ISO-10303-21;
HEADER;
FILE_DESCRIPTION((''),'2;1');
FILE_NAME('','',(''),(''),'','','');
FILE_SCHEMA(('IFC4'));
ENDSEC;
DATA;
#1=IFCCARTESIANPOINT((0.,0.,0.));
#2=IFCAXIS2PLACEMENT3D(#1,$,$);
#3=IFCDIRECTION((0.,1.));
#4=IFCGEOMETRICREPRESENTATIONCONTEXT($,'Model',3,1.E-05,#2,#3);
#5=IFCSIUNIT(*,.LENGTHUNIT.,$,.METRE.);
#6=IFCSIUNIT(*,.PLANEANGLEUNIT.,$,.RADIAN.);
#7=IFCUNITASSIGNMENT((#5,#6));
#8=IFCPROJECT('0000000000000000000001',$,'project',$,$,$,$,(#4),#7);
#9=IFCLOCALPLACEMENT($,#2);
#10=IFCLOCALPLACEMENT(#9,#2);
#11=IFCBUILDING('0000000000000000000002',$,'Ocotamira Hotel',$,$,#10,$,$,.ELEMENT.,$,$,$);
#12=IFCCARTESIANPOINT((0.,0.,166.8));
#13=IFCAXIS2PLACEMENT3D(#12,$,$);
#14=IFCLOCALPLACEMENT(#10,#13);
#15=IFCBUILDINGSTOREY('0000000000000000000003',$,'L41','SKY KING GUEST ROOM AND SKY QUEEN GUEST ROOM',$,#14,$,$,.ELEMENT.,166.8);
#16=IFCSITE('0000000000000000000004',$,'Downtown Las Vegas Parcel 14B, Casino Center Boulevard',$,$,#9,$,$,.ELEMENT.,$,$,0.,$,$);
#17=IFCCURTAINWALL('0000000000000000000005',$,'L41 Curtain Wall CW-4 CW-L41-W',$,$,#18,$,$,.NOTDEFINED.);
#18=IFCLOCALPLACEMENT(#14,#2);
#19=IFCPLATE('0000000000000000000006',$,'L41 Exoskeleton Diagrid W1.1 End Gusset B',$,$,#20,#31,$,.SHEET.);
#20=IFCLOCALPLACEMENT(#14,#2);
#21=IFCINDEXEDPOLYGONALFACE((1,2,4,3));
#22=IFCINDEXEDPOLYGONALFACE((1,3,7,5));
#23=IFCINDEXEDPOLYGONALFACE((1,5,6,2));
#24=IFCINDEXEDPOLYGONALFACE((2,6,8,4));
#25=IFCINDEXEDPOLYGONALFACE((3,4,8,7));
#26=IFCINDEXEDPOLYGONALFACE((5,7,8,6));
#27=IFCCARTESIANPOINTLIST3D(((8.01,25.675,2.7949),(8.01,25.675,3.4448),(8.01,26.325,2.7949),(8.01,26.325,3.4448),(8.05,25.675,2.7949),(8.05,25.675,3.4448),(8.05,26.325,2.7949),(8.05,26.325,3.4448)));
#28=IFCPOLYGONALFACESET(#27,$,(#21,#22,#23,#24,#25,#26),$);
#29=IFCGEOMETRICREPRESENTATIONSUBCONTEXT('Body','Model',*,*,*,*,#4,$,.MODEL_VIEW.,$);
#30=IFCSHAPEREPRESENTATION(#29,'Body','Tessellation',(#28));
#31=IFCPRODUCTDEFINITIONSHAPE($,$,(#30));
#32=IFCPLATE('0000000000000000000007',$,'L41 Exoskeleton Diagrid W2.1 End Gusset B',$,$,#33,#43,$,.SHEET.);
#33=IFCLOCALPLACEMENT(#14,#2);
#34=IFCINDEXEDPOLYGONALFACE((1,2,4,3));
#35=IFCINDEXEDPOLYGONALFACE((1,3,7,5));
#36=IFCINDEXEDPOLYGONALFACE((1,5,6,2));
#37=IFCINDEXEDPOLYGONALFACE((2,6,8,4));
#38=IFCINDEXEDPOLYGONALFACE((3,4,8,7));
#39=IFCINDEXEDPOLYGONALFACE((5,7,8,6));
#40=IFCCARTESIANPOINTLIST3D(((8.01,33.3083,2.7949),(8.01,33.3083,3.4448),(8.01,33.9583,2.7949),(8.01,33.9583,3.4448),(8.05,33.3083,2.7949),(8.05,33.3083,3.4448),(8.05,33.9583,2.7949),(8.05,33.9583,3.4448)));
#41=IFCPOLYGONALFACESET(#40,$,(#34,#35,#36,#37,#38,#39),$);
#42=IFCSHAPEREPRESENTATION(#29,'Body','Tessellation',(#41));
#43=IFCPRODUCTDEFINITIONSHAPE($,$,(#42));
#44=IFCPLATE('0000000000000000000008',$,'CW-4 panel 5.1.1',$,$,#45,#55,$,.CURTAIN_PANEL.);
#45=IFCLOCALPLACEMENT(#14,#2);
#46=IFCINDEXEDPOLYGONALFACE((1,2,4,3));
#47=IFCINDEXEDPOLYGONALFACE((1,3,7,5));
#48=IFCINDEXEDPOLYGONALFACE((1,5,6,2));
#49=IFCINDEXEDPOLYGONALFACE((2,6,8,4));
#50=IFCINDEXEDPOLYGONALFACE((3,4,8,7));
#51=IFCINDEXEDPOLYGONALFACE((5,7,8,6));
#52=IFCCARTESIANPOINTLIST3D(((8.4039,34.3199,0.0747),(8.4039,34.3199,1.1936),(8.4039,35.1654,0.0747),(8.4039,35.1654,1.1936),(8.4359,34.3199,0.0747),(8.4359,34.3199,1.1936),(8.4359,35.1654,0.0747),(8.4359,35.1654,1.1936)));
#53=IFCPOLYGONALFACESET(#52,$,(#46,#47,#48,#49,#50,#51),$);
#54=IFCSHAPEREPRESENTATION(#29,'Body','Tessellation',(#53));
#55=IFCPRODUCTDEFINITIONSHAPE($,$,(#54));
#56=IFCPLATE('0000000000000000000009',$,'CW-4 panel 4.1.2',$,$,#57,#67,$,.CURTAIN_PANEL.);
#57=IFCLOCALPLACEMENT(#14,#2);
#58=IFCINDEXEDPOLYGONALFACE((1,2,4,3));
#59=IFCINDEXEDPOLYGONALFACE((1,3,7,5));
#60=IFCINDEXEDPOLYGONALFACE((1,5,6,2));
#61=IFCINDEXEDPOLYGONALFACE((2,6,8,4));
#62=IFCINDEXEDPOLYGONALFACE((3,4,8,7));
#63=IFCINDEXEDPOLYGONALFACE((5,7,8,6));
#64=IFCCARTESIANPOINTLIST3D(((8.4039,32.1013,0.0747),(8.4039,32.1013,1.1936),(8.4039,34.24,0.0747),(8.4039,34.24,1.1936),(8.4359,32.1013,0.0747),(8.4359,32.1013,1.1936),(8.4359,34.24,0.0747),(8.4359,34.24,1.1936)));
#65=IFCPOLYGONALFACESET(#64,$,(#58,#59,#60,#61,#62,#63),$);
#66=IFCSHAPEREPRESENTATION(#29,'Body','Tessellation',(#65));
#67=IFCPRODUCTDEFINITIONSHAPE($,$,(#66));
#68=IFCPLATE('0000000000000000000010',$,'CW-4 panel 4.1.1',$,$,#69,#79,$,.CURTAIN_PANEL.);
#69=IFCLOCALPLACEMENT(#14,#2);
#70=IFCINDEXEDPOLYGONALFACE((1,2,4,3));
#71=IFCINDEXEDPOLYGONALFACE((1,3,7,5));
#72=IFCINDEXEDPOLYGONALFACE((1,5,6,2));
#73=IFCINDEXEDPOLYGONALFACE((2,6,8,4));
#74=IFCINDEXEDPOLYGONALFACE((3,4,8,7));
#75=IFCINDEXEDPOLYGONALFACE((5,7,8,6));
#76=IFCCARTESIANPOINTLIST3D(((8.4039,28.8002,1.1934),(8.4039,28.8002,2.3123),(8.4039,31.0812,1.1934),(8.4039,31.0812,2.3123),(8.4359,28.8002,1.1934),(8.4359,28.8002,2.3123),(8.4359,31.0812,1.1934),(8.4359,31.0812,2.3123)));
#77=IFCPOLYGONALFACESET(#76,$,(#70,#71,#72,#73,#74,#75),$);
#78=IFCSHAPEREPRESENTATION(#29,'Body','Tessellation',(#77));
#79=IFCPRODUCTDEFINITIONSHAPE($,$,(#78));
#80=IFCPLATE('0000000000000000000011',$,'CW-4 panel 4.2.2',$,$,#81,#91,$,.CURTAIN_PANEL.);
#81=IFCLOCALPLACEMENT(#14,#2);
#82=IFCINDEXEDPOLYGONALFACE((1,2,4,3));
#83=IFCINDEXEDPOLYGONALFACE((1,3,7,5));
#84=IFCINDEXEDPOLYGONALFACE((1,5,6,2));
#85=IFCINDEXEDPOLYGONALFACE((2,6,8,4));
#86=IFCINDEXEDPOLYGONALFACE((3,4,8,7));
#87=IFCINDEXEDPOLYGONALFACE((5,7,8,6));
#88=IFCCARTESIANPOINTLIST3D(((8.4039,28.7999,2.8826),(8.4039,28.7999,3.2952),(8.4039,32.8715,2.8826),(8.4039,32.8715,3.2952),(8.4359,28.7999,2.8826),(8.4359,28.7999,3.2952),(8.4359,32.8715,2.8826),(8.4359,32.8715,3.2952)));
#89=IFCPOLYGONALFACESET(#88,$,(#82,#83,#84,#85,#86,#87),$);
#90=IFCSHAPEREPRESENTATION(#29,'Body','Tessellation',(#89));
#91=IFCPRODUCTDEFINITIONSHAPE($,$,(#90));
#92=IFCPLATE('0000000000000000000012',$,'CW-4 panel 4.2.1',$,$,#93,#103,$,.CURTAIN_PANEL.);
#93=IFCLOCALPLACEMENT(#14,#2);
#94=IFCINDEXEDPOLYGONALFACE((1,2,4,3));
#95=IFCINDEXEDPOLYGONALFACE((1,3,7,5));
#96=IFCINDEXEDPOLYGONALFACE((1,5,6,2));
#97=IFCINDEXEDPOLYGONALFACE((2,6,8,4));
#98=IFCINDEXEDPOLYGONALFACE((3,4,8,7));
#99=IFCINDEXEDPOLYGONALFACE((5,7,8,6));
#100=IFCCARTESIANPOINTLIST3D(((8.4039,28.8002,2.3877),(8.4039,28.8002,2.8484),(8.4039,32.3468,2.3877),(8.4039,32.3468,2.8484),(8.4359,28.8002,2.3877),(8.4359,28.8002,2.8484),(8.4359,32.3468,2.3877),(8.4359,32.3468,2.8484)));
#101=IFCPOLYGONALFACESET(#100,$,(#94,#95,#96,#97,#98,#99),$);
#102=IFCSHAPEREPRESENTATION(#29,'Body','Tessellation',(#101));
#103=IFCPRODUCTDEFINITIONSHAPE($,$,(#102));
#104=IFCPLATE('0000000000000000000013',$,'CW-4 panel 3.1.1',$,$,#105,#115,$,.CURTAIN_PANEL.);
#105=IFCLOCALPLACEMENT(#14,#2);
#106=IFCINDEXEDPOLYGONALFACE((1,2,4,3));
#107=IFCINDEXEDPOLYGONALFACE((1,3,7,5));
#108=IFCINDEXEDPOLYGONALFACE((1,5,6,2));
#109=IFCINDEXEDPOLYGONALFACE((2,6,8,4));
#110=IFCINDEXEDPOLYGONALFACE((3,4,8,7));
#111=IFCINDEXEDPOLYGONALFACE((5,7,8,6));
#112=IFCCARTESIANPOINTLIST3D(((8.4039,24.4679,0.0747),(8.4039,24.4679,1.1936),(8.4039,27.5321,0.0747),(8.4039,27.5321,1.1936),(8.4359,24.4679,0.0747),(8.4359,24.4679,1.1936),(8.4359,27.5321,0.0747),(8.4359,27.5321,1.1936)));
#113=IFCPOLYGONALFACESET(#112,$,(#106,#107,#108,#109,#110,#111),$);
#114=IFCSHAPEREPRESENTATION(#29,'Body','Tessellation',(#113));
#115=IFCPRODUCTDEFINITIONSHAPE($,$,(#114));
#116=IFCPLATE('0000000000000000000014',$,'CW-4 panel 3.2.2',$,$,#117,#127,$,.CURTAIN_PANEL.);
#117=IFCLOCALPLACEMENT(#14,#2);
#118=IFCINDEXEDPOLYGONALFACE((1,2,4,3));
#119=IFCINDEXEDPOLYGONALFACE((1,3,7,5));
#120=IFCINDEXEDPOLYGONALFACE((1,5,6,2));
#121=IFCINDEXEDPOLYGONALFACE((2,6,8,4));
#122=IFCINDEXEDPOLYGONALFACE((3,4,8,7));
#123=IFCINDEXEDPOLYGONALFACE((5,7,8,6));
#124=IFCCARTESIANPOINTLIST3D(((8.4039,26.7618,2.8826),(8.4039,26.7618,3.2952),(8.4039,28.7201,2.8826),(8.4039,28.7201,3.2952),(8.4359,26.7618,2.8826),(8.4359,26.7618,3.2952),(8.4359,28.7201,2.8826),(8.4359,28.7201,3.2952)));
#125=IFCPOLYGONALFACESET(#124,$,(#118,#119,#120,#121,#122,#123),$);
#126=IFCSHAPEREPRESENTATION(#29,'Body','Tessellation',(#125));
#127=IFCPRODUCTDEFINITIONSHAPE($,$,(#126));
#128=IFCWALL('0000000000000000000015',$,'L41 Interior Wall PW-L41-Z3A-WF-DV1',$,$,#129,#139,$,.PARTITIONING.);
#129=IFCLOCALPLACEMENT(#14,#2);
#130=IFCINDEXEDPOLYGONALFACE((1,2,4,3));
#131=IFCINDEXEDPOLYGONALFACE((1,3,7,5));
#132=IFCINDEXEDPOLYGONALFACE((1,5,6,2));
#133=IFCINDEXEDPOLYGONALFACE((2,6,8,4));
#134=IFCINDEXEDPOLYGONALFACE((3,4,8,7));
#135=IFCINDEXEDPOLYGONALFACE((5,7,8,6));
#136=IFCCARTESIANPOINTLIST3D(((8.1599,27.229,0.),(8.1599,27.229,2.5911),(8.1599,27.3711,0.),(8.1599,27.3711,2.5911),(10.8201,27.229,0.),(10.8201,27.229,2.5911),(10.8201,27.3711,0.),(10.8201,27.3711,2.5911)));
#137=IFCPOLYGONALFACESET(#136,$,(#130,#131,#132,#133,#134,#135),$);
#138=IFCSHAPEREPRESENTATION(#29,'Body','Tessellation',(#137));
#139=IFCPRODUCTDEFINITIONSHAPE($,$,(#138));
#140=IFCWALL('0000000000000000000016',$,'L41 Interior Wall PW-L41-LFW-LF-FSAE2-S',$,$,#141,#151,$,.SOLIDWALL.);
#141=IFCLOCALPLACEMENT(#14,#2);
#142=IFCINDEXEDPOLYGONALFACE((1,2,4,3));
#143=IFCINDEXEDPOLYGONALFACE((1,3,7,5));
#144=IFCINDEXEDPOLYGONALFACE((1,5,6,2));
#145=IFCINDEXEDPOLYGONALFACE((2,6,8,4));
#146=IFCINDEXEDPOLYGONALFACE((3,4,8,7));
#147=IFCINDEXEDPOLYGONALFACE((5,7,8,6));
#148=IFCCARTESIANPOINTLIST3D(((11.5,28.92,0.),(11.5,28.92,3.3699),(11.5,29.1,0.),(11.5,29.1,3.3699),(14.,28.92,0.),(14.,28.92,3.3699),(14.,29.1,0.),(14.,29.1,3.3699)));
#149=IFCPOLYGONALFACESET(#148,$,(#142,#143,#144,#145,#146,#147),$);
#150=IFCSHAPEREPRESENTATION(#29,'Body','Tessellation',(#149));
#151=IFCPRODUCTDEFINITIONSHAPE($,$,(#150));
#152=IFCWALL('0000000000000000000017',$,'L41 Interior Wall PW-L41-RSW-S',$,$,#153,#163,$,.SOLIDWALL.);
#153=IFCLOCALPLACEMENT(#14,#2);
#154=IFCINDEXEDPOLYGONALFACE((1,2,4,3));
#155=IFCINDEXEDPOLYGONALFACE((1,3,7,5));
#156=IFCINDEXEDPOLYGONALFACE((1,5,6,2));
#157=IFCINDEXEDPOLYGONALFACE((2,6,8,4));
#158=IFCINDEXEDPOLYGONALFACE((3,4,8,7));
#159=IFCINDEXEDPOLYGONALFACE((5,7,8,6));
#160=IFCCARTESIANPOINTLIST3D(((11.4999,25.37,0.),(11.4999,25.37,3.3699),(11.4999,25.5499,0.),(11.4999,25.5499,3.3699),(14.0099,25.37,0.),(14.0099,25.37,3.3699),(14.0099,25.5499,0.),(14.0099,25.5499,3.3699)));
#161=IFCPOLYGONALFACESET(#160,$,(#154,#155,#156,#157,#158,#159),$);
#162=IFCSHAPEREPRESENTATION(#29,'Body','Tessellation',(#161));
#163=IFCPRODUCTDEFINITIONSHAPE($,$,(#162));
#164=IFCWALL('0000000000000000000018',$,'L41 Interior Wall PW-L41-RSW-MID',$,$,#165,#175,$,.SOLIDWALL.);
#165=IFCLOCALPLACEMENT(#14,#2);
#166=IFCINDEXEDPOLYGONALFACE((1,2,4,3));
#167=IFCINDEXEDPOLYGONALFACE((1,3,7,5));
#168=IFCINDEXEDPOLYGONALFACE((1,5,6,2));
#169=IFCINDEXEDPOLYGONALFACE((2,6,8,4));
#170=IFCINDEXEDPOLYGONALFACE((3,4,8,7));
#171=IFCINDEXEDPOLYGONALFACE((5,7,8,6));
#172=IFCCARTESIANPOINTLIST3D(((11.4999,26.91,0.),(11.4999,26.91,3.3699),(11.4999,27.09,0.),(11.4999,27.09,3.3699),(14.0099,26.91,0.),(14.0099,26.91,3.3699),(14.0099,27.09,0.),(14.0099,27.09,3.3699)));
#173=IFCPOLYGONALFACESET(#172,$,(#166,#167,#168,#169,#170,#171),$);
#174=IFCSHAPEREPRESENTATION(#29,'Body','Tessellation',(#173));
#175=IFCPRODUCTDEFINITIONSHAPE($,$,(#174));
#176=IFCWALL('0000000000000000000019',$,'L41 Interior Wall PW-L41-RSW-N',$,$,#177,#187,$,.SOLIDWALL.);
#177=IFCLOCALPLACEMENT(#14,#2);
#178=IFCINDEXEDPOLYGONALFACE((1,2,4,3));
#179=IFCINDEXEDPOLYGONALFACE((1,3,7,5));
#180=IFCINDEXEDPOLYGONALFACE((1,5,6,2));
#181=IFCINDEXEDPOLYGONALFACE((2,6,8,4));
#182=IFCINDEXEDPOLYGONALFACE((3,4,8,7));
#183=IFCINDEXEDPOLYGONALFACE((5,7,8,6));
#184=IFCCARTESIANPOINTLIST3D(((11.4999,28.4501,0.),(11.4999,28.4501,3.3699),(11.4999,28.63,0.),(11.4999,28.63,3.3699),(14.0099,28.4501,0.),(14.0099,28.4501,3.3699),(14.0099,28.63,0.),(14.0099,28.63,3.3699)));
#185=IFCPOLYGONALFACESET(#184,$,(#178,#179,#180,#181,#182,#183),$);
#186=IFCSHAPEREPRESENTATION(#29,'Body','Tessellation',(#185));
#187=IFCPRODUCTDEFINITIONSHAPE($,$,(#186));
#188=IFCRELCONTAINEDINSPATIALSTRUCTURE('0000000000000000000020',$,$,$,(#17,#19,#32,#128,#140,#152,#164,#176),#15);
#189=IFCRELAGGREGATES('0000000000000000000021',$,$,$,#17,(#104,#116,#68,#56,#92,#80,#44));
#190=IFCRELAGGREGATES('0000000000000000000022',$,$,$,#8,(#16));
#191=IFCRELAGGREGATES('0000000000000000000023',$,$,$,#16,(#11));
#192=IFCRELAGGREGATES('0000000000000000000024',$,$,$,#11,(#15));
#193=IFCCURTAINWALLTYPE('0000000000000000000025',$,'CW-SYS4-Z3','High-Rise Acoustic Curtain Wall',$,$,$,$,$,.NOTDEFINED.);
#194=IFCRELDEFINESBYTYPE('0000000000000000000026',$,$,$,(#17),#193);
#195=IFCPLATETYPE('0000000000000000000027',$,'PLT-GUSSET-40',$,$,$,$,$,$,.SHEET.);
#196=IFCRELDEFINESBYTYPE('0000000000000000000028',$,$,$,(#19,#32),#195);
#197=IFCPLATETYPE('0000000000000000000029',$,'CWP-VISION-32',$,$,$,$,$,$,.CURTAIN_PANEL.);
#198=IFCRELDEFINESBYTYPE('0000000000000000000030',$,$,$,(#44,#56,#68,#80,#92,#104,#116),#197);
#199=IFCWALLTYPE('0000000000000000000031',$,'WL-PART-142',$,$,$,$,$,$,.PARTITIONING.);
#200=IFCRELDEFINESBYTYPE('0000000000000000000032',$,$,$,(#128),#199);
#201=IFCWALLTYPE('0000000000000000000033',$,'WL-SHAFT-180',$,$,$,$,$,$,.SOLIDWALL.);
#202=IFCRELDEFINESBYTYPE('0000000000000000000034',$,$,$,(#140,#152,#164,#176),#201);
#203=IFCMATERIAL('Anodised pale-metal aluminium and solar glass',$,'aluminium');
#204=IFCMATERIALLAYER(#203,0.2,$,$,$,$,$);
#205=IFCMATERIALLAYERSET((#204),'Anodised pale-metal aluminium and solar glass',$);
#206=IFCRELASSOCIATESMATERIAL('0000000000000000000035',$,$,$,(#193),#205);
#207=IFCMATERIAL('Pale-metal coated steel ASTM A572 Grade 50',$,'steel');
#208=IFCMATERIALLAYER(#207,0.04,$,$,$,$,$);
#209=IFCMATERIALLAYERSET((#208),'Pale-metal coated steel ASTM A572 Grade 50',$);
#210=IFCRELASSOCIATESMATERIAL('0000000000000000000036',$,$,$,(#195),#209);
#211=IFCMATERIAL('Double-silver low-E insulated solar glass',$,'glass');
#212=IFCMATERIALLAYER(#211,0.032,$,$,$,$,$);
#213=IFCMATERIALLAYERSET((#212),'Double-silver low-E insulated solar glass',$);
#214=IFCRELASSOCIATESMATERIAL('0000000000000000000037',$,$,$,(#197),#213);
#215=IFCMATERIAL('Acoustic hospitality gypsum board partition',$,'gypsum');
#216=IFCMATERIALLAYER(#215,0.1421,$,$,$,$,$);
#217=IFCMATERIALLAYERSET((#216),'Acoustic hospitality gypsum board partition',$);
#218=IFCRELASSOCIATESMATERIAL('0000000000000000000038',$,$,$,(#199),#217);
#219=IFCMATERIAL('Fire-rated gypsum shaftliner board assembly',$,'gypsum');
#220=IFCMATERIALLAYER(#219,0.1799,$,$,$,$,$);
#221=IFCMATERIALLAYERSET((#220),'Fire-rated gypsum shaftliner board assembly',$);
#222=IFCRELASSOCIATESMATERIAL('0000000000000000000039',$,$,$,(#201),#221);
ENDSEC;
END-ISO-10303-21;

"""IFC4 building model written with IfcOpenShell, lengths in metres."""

from ifc_helpers import new_model, si_unit, direction, frame, frame_2d, origin, origin_2d, place, context, subcontext, project, spatial, rectangle, extrude, source, transform, mapped, material, layer, layer_set, type_object, element, aggregate, save


model = new_model("IFC4")

# Units and contexts
model_context = context("Model", 3, precision=1e-05, world=origin(), true_north=direction((0.0, 1.0)))
body_context = subcontext(model_context, "Body", "Model", "MODEL_VIEW")
ifc_project = project(units=[si_unit("LENGTHUNIT", "METRE"), si_unit("PLANEANGLEUNIT", "RADIAN")], contexts=[model_context])

# Site, building, storey
site_placement = place(None, origin())
site = spatial("IfcSite", under=ifc_project, at=site_placement, Name="Downtown Las Vegas Parcel 14B, Casino Center Boulevard", CompositionType="ELEMENT", RefElevation=0.0)
building_placement = place(site_placement, origin())
building = spatial("IfcBuilding", under=site, at=building_placement, Name="Ocotamira Hotel", CompositionType="ELEMENT")
storey_placement = place(building_placement, frame((0.0, 0.0, 166.8)))
storey = spatial("IfcBuildingStorey", under=building, at=storey_placement, Name="L41", Description="SKY KING GUEST ROOM AND SKY QUEEN GUEST ROOM", CompositionType="ELEMENT", Elevation=166.8)

# Curtain wall
ifc_material_1 = material(Name="Anodised pale-metal aluminium and solar glass", Category="aluminium")
ifc_layer_1 = layer(ifc_material_1, 0.2)
ifc_layer_set_1 = layer_set([ifc_layer_1], Name="Anodised pale-metal aluminium and solar glass")
curtain_wall_type = type_object("IfcCurtainWallType", Name="CW-SYS4-Z3", Description="High-Rise Acoustic Curtain Wall", PredefinedType="NOTDEFINED", material=ifc_layer_set_1)
curtain_wall_placement = place(storey_placement, origin())
curtain_wall = element("IfcCurtainWall", 1, at=curtain_wall_placement, inside=storey, type_object=curtain_wall_type, Name="L41 Curtain Wall CW-4 CW-L41-W", PredefinedType="NOTDEFINED")

# Plates
ifc_material_2 = material(Name="Pale-metal coated steel ASTM A572 Grade 50", Category="steel")
ifc_layer_2 = layer(ifc_material_2, 0.04)
ifc_layer_set_2 = layer_set([ifc_layer_2], Name="Pale-metal coated steel ASTM A572 Grade 50")
plate_type_1 = type_object("IfcPlateType", Name="PLT-GUSSET-40", PredefinedType="SHEET", material=ifc_layer_set_2)
shared_shape_1 = source(origin(), body_context, "Body", "SweptSolid", [
    extrude(rectangle(XDim=0.04, YDim=0.6499, at=origin_2d()), origin(), (0.0, 0.0, 1.0), 0.6499),
])
for number, where, z_axis, x_axis, name in (
    (2, (8.03, 26.0, 2.7949), (0.0, 0.0, 1.0), (1.0, 0.0, 0.0), "L41 Exoskeleton Diagrid W1.1 End Gusset B"),
    (3, (8.03, 33.6333, 2.7949), (0.0, 0.0, 1.0), (1.0, 0.0, 0.0), "L41 Exoskeleton Diagrid W2.1 End Gusset B"),
):
    element("IfcPlate", number, at=place(storey_placement, frame(where, z_axis=z_axis, x_axis=x_axis)), inside=storey, type_object=plate_type_1, Name=name, PredefinedType="SHEET", context=body_context, shape_type="MappedRepresentation", body=[
        mapped(shared_shape_1, transform((0.0, 0.0, 0.0), scale=1.0)),
    ])

# Plates
ifc_material_3 = material(Name="Double-silver low-E insulated solar glass", Category="glass")
ifc_layer_3 = layer(ifc_material_3, 0.032)
ifc_layer_set_3 = layer_set([ifc_layer_3], Name="Double-silver low-E insulated solar glass")
plate_type_2 = type_object("IfcPlateType", Name="CWP-VISION-32", PredefinedType="CURTAIN_PANEL", material=ifc_layer_set_3)
shared_shape_2 = source(origin(), body_context, "Body", "SweptSolid", [
    extrude(rectangle(XDim=0.8455, YDim=0.032, at=origin_2d()), origin(), (0.0, 0.0, 1.0), 1.1189),
])
plate_1_placement = place(storey_placement, frame((8.4199, 34.7427, 0.0747), z_axis=(0.0, 0.0, 1.0), x_axis=(0.0, 1.0, 0.0)))
plate_1 = element("IfcPlate", 4, at=plate_1_placement, type_object=plate_type_2, Name="CW-4 panel 5.1.1", PredefinedType="CURTAIN_PANEL", context=body_context, shape_type="MappedRepresentation", body=[
    mapped(shared_shape_2, transform((0.0, 0.0, 0.0), scale=1.0)),
])
shared_shape_3 = source(origin(), body_context, "Body", "SweptSolid", [
    extrude(rectangle(XDim=2.1387, YDim=0.032, at=origin_2d()), origin(), (0.0, 0.0, 1.0), 1.1189),
])
plate_2_placement = place(storey_placement, frame((8.4199, 33.1707, 0.0747), z_axis=(0.0, 0.0, 1.0), x_axis=(0.0, 1.0, 0.0)))
plate_2 = element("IfcPlate", 5, at=plate_2_placement, type_object=plate_type_2, Name="CW-4 panel 4.1.2", PredefinedType="CURTAIN_PANEL", context=body_context, shape_type="MappedRepresentation", body=[
    mapped(shared_shape_3, transform((0.0, 0.0, 0.0), scale=1.0)),
])
shared_shape_4 = source(origin(), body_context, "Body", "SweptSolid", [
    extrude(rectangle(XDim=2.281, YDim=0.032, at=origin_2d()), origin(), (0.0, 0.0, 1.0), 1.1189),
])
plate_3_placement = place(storey_placement, frame((8.4199, 29.9407, 1.1934), z_axis=(0.0, 0.0, 1.0), x_axis=(0.0, 1.0, 0.0)))
plate_3 = element("IfcPlate", 6, at=plate_3_placement, type_object=plate_type_2, Name="CW-4 panel 4.1.1", PredefinedType="CURTAIN_PANEL", context=body_context, shape_type="MappedRepresentation", body=[
    mapped(shared_shape_4, transform((0.0, 0.0, 0.0), scale=1.0)),
])
shared_shape_5 = source(origin(), body_context, "Body", "SweptSolid", [
    extrude(rectangle(XDim=4.0715, YDim=0.032, at=origin_2d()), origin(), (0.0, 0.0, 1.0), 0.4126),
])
plate_4_placement = place(storey_placement, frame((8.4199, 30.8357, 2.8826), z_axis=(0.0, 0.0, 1.0), x_axis=(0.0, 1.0, 0.0)))
plate_4 = element("IfcPlate", 7, at=plate_4_placement, type_object=plate_type_2, Name="CW-4 panel 4.2.2", PredefinedType="CURTAIN_PANEL", context=body_context, shape_type="MappedRepresentation", body=[
    mapped(shared_shape_5, transform((0.0, 0.0, 0.0), scale=1.0)),
])
shared_shape_6 = source(origin(), body_context, "Body", "SweptSolid", [
    extrude(rectangle(XDim=3.5466, YDim=0.032, at=origin_2d()), origin(), (0.0, 0.0, 1.0), 0.4607),
])
plate_5_placement = place(storey_placement, frame((8.4199, 30.5735, 2.3877), z_axis=(0.0, 0.0, 1.0), x_axis=(0.0, 1.0, 0.0)))
plate_5 = element("IfcPlate", 8, at=plate_5_placement, type_object=plate_type_2, Name="CW-4 panel 4.2.1", PredefinedType="CURTAIN_PANEL", context=body_context, shape_type="MappedRepresentation", body=[
    mapped(shared_shape_6, transform((0.0, 0.0, 0.0), scale=1.0)),
])
shared_shape_7 = source(origin(), body_context, "Body", "SweptSolid", [
    extrude(rectangle(XDim=3.0642, YDim=0.032, at=origin_2d()), origin(), (0.0, 0.0, 1.0), 1.1189),
])
plate_6_placement = place(storey_placement, frame((8.4199, 26.0, 0.0747), z_axis=(0.0, 0.0, 1.0), x_axis=(0.0, 1.0, 0.0)))
plate_6 = element("IfcPlate", 9, at=plate_6_placement, type_object=plate_type_2, Name="CW-4 panel 3.1.1", PredefinedType="CURTAIN_PANEL", context=body_context, shape_type="MappedRepresentation", body=[
    mapped(shared_shape_7, transform((0.0, 0.0, 0.0), scale=1.0)),
])
shared_shape_8 = source(origin(), body_context, "Body", "SweptSolid", [
    extrude(rectangle(XDim=1.9583, YDim=0.032, at=origin_2d()), origin(), (0.0, 0.0, 1.0), 0.4126),
])
plate_7_placement = place(storey_placement, frame((8.4199, 27.741, 2.8826), z_axis=(0.0, 0.0, 1.0), x_axis=(0.0, 1.0, 0.0)))
plate_7 = element("IfcPlate", 10, at=plate_7_placement, type_object=plate_type_2, Name="CW-4 panel 3.2.2", PredefinedType="CURTAIN_PANEL", context=body_context, shape_type="MappedRepresentation", body=[
    mapped(shared_shape_8, transform((0.0, 0.0, 0.0), scale=1.0)),
])
aggregate(curtain_wall, [plate_6, plate_7, plate_3, plate_2, plate_5, plate_4, plate_1])

# Wall
ifc_material_4 = material(Name="Acoustic hospitality gypsum board partition", Category="gypsum")
ifc_layer_4 = layer(ifc_material_4, 0.1421)
ifc_layer_set_4 = layer_set([ifc_layer_4], Name="Acoustic hospitality gypsum board partition")
wall_type_1 = type_object("IfcWallType", Name="WL-PART-142", PredefinedType="PARTITIONING", material=ifc_layer_set_4)
wall_1_placement = place(storey_placement, frame((8.1599, 27.3, 0.0), z_axis=(0.0, 0.0, 1.0), x_axis=(1.0, 0.0, 0.0)))
element("IfcWall", 11, at=wall_1_placement, inside=storey, type_object=wall_type_1, Name="L41 Interior Wall PW-L41-Z3A-WF-DV1", PredefinedType="PARTITIONING", context=body_context, shape_type="SweptSolid", body=[
    extrude(rectangle(XDim=2.6602, YDim=0.1421, at=frame_2d((1.3301, 0.0))), origin(), (0.0, 0.0, 1.0), 2.5911),
])

# Walls
ifc_material_5 = material(Name="Fire-rated gypsum shaftliner board assembly", Category="gypsum")
ifc_layer_5 = layer(ifc_material_5, 0.1799)
ifc_layer_set_5 = layer_set([ifc_layer_5], Name="Fire-rated gypsum shaftliner board assembly")
wall_type_2 = type_object("IfcWallType", Name="WL-SHAFT-180", PredefinedType="SOLIDWALL", material=ifc_layer_set_5)
wall_2_placement = place(storey_placement, frame((11.5, 29.01, 0.0), z_axis=(0.0, 0.0, 1.0), x_axis=(1.0, 0.0, 0.0)))
element("IfcWall", 12, at=wall_2_placement, inside=storey, type_object=wall_type_2, Name="L41 Interior Wall PW-L41-LFW-LF-FSAE2-S", PredefinedType="SOLIDWALL", context=body_context, shape_type="SweptSolid", body=[
    extrude(rectangle(XDim=2.5, YDim=0.1799, at=frame_2d((1.25, 0.0))), origin(), (0.0, 0.0, 1.0), 3.3699),
])
for number, where, z_axis, x_axis, name in (
    (13, (11.5, 25.46, 0.0), (0.0, 0.0, 1.0), (1.0, 0.0, 0.0), "L41 Interior Wall PW-L41-RSW-S"),
    (14, (11.5, 27.0, 0.0), (0.0, 0.0, 1.0), (1.0, 0.0, 0.0), "L41 Interior Wall PW-L41-RSW-MID"),
    (15, (11.5, 28.54, 0.0), (0.0, 0.0, 1.0), (1.0, 0.0, 0.0), "L41 Interior Wall PW-L41-RSW-N"),
):
    element("IfcWall", number, at=place(storey_placement, frame(where, z_axis=z_axis, x_axis=x_axis)), inside=storey, type_object=wall_type_2, Name=name, PredefinedType="SOLIDWALL", context=body_context, shape_type="SweptSolid", body=[
        extrude(rectangle(XDim=2.51, YDim=0.1799, at=frame_2d((1.2549, 0.0))), origin(), (0.0, 0.0, 1.0), 3.3699),
    ])

save(model, "model.ifc")
